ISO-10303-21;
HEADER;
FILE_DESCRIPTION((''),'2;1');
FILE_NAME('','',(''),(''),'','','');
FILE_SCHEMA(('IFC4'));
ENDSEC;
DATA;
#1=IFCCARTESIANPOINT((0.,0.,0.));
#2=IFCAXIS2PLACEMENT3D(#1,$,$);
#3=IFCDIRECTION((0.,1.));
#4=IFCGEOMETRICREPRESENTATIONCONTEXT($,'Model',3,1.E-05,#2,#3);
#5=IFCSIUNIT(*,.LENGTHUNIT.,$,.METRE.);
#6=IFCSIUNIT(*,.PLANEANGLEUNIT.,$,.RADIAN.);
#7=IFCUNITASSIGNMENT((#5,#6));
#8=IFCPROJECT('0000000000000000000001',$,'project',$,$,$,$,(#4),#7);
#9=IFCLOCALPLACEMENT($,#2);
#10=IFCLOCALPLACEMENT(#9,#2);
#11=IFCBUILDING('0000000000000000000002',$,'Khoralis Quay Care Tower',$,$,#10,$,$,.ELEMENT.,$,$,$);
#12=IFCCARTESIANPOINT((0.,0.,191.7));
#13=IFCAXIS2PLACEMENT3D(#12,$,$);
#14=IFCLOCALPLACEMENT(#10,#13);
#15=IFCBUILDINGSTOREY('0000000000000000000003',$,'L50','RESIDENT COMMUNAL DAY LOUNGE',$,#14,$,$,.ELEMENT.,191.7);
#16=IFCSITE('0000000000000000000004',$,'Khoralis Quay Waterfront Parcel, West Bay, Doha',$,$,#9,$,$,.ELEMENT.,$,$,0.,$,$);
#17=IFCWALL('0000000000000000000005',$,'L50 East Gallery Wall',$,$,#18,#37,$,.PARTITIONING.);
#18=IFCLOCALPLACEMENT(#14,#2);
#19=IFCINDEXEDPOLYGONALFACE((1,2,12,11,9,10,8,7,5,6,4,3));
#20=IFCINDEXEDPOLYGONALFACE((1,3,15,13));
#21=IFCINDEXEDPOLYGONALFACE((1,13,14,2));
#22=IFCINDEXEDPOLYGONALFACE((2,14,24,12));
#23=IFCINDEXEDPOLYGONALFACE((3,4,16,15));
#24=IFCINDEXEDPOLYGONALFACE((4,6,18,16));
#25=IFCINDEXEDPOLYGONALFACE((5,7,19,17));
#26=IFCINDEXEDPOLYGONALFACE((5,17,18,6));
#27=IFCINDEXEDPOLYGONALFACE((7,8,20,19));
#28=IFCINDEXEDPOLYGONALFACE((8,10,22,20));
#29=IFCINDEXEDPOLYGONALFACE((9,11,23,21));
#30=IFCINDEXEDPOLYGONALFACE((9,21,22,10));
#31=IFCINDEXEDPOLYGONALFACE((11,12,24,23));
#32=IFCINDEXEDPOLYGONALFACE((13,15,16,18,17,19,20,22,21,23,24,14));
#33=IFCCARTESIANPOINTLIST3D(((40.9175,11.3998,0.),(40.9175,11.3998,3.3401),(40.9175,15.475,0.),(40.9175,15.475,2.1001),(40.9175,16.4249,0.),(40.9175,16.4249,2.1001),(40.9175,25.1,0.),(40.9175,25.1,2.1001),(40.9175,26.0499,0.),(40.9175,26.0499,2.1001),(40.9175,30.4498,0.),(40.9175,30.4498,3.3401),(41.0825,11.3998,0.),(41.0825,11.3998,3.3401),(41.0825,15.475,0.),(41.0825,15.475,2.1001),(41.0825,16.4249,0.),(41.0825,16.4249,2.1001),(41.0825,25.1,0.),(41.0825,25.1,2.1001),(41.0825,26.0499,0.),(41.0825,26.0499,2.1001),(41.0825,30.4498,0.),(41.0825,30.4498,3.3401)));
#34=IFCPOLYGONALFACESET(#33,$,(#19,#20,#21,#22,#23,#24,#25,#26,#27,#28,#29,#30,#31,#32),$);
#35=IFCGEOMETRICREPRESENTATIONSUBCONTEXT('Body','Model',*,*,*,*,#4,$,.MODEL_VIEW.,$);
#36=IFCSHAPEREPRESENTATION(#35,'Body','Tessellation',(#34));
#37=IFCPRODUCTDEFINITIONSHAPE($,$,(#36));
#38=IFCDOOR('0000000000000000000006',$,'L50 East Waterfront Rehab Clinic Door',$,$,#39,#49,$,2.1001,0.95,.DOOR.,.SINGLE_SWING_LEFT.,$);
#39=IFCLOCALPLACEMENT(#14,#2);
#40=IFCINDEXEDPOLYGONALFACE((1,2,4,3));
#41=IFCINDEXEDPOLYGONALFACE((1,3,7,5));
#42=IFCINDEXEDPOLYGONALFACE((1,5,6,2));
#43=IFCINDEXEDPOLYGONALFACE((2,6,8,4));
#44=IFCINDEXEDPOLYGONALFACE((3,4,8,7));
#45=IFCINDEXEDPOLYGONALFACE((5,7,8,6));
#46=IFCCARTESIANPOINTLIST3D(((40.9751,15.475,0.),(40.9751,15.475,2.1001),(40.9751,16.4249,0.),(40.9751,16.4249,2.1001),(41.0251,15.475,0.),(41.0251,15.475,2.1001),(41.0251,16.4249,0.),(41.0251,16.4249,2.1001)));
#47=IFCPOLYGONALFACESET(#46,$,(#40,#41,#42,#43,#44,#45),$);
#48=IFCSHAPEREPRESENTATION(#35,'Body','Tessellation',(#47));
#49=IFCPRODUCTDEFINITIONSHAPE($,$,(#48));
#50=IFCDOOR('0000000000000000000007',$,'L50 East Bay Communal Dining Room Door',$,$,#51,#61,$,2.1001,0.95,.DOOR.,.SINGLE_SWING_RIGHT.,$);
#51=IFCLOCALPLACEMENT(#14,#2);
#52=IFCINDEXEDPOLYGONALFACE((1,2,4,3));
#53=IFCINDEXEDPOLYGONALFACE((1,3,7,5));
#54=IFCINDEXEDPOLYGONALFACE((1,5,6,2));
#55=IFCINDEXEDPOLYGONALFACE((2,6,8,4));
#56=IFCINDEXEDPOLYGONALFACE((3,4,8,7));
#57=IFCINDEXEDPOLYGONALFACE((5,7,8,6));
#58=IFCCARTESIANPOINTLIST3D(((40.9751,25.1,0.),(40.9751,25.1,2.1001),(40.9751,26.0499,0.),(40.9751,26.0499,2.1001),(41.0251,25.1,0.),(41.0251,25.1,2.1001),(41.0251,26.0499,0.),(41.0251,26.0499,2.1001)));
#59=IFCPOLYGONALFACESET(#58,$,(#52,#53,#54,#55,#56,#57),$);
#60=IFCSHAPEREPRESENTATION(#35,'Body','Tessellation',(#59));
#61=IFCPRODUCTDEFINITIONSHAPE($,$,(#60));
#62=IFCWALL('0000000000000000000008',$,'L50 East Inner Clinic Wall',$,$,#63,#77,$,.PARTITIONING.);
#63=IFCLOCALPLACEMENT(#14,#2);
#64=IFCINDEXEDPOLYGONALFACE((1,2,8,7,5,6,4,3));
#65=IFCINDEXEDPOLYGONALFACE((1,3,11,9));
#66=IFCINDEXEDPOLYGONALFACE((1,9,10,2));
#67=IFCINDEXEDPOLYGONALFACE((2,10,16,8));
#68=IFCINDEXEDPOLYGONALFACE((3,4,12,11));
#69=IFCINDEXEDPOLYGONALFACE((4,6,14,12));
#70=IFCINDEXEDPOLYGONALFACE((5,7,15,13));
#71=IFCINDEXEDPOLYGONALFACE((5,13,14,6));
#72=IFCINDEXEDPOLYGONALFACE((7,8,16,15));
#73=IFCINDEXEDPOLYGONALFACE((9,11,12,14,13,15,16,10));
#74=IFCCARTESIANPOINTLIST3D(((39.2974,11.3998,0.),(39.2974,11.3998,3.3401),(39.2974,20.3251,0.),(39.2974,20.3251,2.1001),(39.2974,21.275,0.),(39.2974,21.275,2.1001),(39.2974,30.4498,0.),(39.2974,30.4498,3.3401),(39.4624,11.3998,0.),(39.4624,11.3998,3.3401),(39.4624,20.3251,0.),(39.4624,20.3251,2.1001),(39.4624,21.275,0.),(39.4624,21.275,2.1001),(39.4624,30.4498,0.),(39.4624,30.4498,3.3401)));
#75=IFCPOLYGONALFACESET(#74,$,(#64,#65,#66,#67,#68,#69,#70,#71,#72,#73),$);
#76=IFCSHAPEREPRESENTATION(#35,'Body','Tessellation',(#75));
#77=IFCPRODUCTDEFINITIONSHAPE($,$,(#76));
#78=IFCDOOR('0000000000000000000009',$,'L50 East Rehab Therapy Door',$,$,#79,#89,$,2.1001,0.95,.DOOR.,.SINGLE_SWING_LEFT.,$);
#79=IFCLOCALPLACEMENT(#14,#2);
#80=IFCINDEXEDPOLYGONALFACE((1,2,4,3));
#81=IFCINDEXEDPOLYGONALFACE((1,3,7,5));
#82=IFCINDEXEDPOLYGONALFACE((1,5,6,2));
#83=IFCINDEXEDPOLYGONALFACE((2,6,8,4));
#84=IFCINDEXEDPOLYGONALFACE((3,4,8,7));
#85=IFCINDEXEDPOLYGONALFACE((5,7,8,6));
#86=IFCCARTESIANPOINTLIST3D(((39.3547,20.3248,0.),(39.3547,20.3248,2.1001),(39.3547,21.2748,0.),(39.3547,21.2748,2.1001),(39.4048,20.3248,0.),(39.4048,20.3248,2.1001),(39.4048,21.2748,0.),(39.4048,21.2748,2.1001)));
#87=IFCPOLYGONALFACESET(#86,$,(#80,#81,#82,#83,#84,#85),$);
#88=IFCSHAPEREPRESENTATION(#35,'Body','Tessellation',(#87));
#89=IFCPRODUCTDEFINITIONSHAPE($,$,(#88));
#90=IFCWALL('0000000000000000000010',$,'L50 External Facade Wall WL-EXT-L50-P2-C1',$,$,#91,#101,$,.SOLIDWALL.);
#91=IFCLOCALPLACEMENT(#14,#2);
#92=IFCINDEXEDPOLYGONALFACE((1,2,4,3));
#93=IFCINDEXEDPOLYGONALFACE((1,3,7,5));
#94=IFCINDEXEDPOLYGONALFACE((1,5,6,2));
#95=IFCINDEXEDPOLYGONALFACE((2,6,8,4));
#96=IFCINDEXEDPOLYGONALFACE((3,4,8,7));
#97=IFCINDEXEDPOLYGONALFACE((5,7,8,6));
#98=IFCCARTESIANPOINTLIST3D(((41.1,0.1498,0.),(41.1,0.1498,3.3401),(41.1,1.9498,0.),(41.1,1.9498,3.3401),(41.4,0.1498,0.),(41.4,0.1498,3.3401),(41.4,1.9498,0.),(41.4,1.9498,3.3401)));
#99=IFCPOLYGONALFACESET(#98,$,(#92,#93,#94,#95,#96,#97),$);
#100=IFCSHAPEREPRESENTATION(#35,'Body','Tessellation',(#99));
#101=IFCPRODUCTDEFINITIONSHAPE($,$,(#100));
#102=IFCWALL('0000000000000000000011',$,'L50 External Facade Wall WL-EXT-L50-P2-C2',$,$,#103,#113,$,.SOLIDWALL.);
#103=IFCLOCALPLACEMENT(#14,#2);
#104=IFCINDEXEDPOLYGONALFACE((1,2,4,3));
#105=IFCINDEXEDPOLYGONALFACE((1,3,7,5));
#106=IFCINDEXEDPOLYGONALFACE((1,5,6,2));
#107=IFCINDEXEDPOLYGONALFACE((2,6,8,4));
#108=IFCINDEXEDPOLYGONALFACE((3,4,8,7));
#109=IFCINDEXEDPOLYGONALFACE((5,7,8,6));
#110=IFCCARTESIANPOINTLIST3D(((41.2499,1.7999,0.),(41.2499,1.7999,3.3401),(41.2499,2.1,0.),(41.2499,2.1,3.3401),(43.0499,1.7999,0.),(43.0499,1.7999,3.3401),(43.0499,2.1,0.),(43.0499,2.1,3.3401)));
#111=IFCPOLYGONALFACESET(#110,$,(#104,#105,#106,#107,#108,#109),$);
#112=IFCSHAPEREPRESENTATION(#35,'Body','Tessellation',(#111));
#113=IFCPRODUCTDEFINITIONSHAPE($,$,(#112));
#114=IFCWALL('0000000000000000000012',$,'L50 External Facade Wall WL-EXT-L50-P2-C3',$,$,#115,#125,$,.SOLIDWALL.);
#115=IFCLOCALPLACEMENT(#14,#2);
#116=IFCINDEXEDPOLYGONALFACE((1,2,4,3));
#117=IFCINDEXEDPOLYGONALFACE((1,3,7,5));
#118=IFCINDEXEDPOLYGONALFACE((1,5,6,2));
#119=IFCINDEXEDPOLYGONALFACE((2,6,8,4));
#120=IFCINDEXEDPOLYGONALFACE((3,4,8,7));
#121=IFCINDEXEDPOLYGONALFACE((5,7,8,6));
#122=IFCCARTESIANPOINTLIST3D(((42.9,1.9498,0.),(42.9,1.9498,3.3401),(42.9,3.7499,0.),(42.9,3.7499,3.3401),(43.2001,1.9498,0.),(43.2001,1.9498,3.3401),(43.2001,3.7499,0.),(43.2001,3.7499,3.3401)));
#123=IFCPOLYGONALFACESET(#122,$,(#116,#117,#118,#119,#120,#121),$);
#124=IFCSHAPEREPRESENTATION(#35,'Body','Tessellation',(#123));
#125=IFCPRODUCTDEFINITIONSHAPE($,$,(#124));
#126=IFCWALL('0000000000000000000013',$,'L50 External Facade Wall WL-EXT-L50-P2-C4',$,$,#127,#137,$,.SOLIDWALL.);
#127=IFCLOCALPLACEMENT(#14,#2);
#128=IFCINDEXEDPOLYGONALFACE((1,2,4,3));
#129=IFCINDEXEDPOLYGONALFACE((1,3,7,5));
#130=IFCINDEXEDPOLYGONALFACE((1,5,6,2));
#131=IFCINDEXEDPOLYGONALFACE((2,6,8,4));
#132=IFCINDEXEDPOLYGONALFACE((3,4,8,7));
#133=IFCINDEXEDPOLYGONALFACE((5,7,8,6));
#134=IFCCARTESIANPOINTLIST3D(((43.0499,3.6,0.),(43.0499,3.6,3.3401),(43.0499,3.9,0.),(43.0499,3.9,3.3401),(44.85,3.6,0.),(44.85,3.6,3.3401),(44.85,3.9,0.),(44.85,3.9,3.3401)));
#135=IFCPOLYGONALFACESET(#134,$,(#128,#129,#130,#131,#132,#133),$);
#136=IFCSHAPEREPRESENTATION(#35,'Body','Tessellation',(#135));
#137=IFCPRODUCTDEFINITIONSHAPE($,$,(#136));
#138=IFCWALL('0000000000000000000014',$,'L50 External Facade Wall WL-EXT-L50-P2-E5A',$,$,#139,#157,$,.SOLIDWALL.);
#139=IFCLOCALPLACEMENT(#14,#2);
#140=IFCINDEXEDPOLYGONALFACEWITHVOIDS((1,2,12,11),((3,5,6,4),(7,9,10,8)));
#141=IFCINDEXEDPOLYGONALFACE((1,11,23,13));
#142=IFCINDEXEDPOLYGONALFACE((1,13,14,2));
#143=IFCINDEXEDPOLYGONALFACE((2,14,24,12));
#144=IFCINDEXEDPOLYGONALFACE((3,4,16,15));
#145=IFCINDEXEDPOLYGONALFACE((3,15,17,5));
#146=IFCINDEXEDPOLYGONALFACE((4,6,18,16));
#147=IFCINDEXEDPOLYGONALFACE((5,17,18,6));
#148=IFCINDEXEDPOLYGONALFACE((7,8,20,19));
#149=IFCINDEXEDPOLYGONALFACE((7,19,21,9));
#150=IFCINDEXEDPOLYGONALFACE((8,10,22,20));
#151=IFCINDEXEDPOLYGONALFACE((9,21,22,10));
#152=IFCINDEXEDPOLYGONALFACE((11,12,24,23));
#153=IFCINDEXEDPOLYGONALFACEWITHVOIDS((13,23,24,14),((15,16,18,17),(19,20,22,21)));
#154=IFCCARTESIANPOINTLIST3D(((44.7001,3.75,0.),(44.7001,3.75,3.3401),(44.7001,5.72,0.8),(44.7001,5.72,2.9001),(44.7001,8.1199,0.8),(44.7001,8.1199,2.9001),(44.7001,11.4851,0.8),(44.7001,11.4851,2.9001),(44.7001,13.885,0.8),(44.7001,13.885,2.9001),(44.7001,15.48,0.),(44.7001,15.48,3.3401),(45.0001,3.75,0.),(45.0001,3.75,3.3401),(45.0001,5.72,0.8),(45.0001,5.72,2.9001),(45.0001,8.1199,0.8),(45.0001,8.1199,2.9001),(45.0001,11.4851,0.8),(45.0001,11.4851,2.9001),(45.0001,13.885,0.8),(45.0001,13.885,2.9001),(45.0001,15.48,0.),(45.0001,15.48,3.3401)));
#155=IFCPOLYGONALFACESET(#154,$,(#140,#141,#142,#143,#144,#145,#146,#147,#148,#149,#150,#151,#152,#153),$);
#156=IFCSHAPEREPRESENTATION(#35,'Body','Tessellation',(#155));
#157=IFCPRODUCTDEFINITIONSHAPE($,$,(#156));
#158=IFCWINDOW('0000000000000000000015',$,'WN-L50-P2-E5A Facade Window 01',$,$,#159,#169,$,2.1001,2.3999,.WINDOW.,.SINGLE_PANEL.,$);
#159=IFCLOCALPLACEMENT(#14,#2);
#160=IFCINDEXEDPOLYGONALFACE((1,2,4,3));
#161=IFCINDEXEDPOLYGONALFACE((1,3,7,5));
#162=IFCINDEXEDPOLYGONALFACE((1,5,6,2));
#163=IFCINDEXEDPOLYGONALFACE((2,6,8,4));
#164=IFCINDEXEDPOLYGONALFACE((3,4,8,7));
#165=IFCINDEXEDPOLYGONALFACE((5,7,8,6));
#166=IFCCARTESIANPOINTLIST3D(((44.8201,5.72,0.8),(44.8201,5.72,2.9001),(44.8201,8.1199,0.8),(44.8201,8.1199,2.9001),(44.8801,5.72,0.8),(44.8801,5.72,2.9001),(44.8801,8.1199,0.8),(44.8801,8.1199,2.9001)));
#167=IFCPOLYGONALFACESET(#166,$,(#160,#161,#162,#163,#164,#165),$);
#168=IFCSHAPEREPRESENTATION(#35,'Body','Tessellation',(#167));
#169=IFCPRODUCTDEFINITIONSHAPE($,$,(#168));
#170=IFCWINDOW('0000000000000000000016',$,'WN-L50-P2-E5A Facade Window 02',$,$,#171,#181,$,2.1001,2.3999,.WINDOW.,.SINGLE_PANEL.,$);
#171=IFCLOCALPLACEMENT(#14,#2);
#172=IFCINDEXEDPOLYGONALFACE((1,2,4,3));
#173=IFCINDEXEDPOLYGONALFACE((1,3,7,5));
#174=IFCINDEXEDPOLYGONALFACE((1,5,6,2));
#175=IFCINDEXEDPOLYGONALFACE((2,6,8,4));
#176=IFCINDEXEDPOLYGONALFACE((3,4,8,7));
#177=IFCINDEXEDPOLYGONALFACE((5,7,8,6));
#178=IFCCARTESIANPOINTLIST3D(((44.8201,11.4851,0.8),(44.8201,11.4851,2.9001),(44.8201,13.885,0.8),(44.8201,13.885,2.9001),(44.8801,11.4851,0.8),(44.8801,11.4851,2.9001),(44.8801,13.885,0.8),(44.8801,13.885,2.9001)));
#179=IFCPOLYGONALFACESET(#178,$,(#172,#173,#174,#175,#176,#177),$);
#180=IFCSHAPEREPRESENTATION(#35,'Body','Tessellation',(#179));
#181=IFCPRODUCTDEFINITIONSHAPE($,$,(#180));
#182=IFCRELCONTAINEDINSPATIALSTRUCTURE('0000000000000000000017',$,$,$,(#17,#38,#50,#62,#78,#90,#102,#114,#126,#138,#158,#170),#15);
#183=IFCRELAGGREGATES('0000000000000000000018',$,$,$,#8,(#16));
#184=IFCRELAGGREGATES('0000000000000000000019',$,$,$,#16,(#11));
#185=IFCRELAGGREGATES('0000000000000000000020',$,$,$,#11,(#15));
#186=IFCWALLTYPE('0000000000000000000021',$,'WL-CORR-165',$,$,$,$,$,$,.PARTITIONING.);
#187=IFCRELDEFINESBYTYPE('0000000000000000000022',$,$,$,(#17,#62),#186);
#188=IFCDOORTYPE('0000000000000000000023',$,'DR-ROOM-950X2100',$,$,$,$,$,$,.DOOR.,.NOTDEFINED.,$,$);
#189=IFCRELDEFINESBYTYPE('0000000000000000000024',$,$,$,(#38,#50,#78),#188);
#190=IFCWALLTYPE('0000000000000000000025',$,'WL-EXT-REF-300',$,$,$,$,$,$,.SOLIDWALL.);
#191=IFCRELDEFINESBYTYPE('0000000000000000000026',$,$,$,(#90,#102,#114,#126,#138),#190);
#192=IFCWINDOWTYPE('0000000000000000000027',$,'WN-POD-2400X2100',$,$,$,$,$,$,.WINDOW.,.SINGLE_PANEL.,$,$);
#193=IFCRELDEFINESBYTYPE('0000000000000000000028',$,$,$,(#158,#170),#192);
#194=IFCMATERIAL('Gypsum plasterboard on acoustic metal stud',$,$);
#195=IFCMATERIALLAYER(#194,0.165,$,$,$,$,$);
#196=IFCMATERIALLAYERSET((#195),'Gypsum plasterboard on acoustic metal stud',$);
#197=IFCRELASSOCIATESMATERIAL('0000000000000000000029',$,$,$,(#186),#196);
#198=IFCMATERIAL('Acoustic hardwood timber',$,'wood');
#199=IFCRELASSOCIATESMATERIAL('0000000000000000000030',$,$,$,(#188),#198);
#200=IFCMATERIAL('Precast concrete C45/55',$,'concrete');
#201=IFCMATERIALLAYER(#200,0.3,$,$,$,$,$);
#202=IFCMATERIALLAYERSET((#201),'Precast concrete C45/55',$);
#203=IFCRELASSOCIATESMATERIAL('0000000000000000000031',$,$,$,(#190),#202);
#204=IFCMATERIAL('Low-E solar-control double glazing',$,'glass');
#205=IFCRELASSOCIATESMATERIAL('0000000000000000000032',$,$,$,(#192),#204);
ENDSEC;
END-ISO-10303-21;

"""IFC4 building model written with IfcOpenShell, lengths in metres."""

from ifc_helpers import new_model, si_unit, direction, frame, frame_2d, origin, place, context, subcontext, project, spatial, rectangle, extrude, source, transform, mapped, material, layer, layer_set, type_object, element, fill, save


model = new_model("IFC4")

# Units and contexts
model_context = context("Model", 3, precision=1e-05, world=origin(), true_north=direction((0.0, 1.0)))
body_context = subcontext(model_context, "Body", "Model", "MODEL_VIEW")
ifc_project = project(units=[si_unit("LENGTHUNIT", "METRE"), si_unit("PLANEANGLEUNIT", "RADIAN")], contexts=[model_context])

# Site, building, storey
site_placement = place(None, origin())
site = spatial("IfcSite", under=ifc_project, at=site_placement, Name="Khoralis Quay Waterfront Parcel, West Bay, Doha", CompositionType="ELEMENT", RefElevation=0.0)
building_placement = place(site_placement, origin())
building = spatial("IfcBuilding", under=site, at=building_placement, Name="Khoralis Quay Care Tower", CompositionType="ELEMENT")
storey_placement = place(building_placement, frame((0.0, 0.0, 191.7)))
storey = spatial("IfcBuildingStorey", under=building, at=storey_placement, Name="L50", Description="RESIDENT COMMUNAL DAY LOUNGE", CompositionType="ELEMENT", Elevation=191.7)

# Shared definitions
ifc_material_1 = material(Name="Gypsum plasterboard on acoustic metal stud")

# Wall, openings, doors
ifc_layer_1 = layer(ifc_material_1, 0.165)
ifc_layer_set_1 = layer_set([ifc_layer_1], Name="Gypsum plasterboard on acoustic metal stud")
wall_type_1 = type_object("IfcWallType", Name="WL-CORR-165", PredefinedType="PARTITIONING", material=ifc_layer_set_1)
wall_1_placement = place(storey_placement, frame((41.0, 11.3999, 0.0), z_axis=(0.0, 0.0, 1.0), x_axis=(0.0, 1.0, 0.0)))
wall_1 = element("IfcWall", 1, at=wall_1_placement, inside=storey, type_object=wall_type_1, Name="L50 East Gallery Wall", PredefinedType="PARTITIONING", context=body_context, shape_type="SweptSolid", body=[
    extrude(rectangle(XDim=19.05, YDim=0.165, at=frame_2d((9.5249, 0.0))), origin(), (0.0, 0.0, 1.0), 3.3401),
])
opening_1_placement = place(wall_1_placement, frame((4.075, 0.0, 0.0)))
opening_1 = element("IfcOpeningElement", 2, at=opening_1_placement, cuts=wall_1, PredefinedType="OPENING", context=body_context, shape_type="SweptSolid", body=[
    extrude(rectangle(XDim=0.95, YDim=2.1001, at=frame_2d((0.4751, 1.05))), frame((0.0, 0.0925, 0.0), z_axis=(0.0, -1.0, 0.0), x_axis=(1.0, 0.0, 0.0)), (0.0, 0.0, 1.0), 0.1851),
])
opening_2_placement = place(wall_1_placement, frame((13.7, 0.0, 0.0)))
opening_2 = element("IfcOpeningElement", 3, at=opening_2_placement, cuts=wall_1, PredefinedType="OPENING", context=body_context, shape_type="SweptSolid", body=[
    extrude(rectangle(XDim=0.95, YDim=2.1001, at=frame_2d((0.4751, 1.05))), frame((0.0, 0.0925, 0.0), z_axis=(0.0, -1.0, 0.0), x_axis=(1.0, 0.0, 0.0)), (0.0, 0.0, 1.0), 0.1851),
])
ifc_material_2 = material(Name="Acoustic hardwood timber", Category="wood")
door_type_1 = type_object("IfcDoorType", Name="DR-ROOM-950X2100", OperationType="NOTDEFINED", PredefinedType="DOOR", material=ifc_material_2)
shared_shape_1 = source(origin(), body_context, "Body", "SweptSolid", [
    extrude(rectangle(XDim=0.95, YDim=2.1001, at=frame_2d((0.4751, 1.05))), frame((0.0, 0.0249, 0.0), z_axis=(0.0, -1.0, 0.0), x_axis=(1.0, 0.0, 0.0)), (0.0, 0.0, 1.0), 0.05),
])
door_1_placement = place(opening_1_placement, origin())
door_1 = element("IfcDoor", 4, at=door_1_placement, inside=storey, type_object=door_type_1, Name="L50 East Waterfront Rehab Clinic Door", OperationType="SINGLE_SWING_LEFT", OverallHeight=2.1001, OverallWidth=0.95, PredefinedType="DOOR", context=body_context, shape_type="MappedRepresentation", body=[
    mapped(shared_shape_1, transform((0.0, 0.0, 0.0), scale=1.0)),
])
fill(opening_1, door_1)
door_2_placement = place(opening_2_placement, origin())
door_2 = element("IfcDoor", 5, at=door_2_placement, inside=storey, type_object=door_type_1, Name="L50 East Bay Communal Dining Room Door", OperationType="SINGLE_SWING_RIGHT", OverallHeight=2.1001, OverallWidth=0.95, PredefinedType="DOOR", context=body_context, shape_type="MappedRepresentation", body=[
    mapped(shared_shape_1, transform((0.0, 0.0, 0.0), scale=1.0)),
])
fill(opening_2, door_2)

# Wall, opening, door
wall_2_placement = place(storey_placement, frame((39.3799, 11.3999, 0.0), z_axis=(0.0, 0.0, 1.0), x_axis=(0.0, 1.0, 0.0)))
wall_2 = element("IfcWall", 6, at=wall_2_placement, inside=storey, type_object=wall_type_1, Name="L50 East Inner Clinic Wall", PredefinedType="PARTITIONING", context=body_context, shape_type="SweptSolid", body=[
    extrude(rectangle(XDim=19.05, YDim=0.165, at=frame_2d((9.5249, 0.0))), origin(), (0.0, 0.0, 1.0), 3.3401),
])
opening_3_placement = place(wall_2_placement, frame((8.925, 0.0, 0.0)))
opening_3 = element("IfcOpeningElement", 7, at=opening_3_placement, cuts=wall_2, PredefinedType="OPENING", context=body_context, shape_type="SweptSolid", body=[
    extrude(rectangle(XDim=0.95, YDim=2.1001, at=frame_2d((0.4751, 1.05))), frame((0.0, 0.0925, 0.0), z_axis=(0.0, -1.0, 0.0), x_axis=(1.0, 0.0, 0.0)), (0.0, 0.0, 1.0), 0.1851),
])
door_3_placement = place(opening_3_placement, frame((0.95, 0.0, 0.0), z_axis=(0.0, 0.0, 1.0), x_axis=(-1.0, 0.0, 0.0)))
door_3 = element("IfcDoor", 8, at=door_3_placement, inside=storey, type_object=door_type_1, Name="L50 East Rehab Therapy Door", OperationType="SINGLE_SWING_LEFT", OverallHeight=2.1001, OverallWidth=0.95, PredefinedType="DOOR", context=body_context, shape_type="MappedRepresentation", body=[
    mapped(shared_shape_1, transform((0.0, 0.0, 0.0), scale=1.0)),
])
fill(opening_3, door_3)

# Walls
ifc_material_3 = material(Name="Precast concrete C45/55", Category="concrete")
ifc_layer_2 = layer(ifc_material_3, 0.3)
ifc_layer_set_2 = layer_set([ifc_layer_2], Name="Precast concrete C45/55")
wall_type_2 = type_object("IfcWallType", Name="WL-EXT-REF-300", PredefinedType="SOLIDWALL", material=ifc_layer_set_2)
for number, where, z_axis, x_axis, name in (
    (9, (41.25, 0.1499, 0.0), (0.0, 0.0, 1.0), (0.0, 1.0, 0.0), "L50 External Facade Wall WL-EXT-L50-P2-C1"),
    (10, (41.25, 1.95, 0.0), (0.0, 0.0, 1.0), (1.0, 0.0, 0.0), "L50 External Facade Wall WL-EXT-L50-P2-C2"),
    (11, (43.05, 1.95, 0.0), (0.0, 0.0, 1.0), (0.0, 1.0, 0.0), "L50 External Facade Wall WL-EXT-L50-P2-C3"),
    (12, (43.05, 3.75, 0.0), (0.0, 0.0, 1.0), (1.0, 0.0, 0.0), "L50 External Facade Wall WL-EXT-L50-P2-C4"),
):
    element("IfcWall", number, at=place(storey_placement, frame(where, z_axis=z_axis, x_axis=x_axis)), inside=storey, type_object=wall_type_2, Name=name, PredefinedType="SOLIDWALL", context=body_context, shape_type="SweptSolid", body=[
        extrude(rectangle(XDim=1.8, YDim=0.3, at=frame_2d((0.8999, 0.0))), origin(), (0.0, 0.0, 1.0), 3.3401),
    ])

# Wall, openings, windows
wall_3_placement = place(storey_placement, frame((44.8501, 3.75, 0.0), z_axis=(0.0, 0.0, 1.0), x_axis=(0.0, 1.0, 0.0)))
wall_3 = element("IfcWall", 13, at=wall_3_placement, inside=storey, type_object=wall_type_2, Name="L50 External Facade Wall WL-EXT-L50-P2-E5A", PredefinedType="SOLIDWALL", context=body_context, shape_type="SweptSolid", body=[
    extrude(rectangle(XDim=11.73, YDim=0.3, at=frame_2d((5.865, 0.0))), origin(), (0.0, 0.0, 1.0), 3.3401),
])
opening_4_placement = place(wall_3_placement, frame((1.97, 0.0, 0.8)))
opening_4 = element("IfcOpeningElement", 14, at=opening_4_placement, cuts=wall_3, PredefinedType="OPENING", context=body_context, shape_type="SweptSolid", body=[
    extrude(rectangle(XDim=2.3999, YDim=2.1001, at=frame_2d((1.2, 1.05))), frame((0.0, 0.1602, 0.0), z_axis=(0.0, -1.0, 0.0), x_axis=(1.0, 0.0, 0.0)), (0.0, 0.0, 1.0), 0.3201),
])
opening_5_placement = place(wall_3_placement, frame((7.7351, 0.0, 0.8)))
opening_5 = element("IfcOpeningElement", 15, at=opening_5_placement, cuts=wall_3, PredefinedType="OPENING", context=body_context, shape_type="SweptSolid", body=[
    extrude(rectangle(XDim=2.3999, YDim=2.1001, at=frame_2d((1.2, 1.05))), frame((0.0, 0.1602, 0.0), z_axis=(0.0, -1.0, 0.0), x_axis=(1.0, 0.0, 0.0)), (0.0, 0.0, 1.0), 0.3201),
])
ifc_material_4 = material(Name="Low-E solar-control double glazing", Category="glass")
window_type = type_object("IfcWindowType", Name="WN-POD-2400X2100", PartitioningType="SINGLE_PANEL", PredefinedType="WINDOW", material=ifc_material_4)
shared_shape_2 = source(origin(), body_context, "Body", "SweptSolid", [
    extrude(rectangle(XDim=2.3999, YDim=2.1001, at=frame_2d((1.2, 1.05))), frame((0.0, 0.03, 0.0), z_axis=(0.0, -1.0, 0.0), x_axis=(1.0, 0.0, 0.0)), (0.0, 0.0, 1.0), 0.0601),
])
window_1_placement = place(opening_4_placement, origin())
window_1 = element("IfcWindow", 16, at=window_1_placement, inside=storey, type_object=window_type, Name="WN-L50-P2-E5A Facade Window 01", OverallHeight=2.1001, OverallWidth=2.3999, PartitioningType="SINGLE_PANEL", PredefinedType="WINDOW", context=body_context, shape_type="MappedRepresentation", body=[
    mapped(shared_shape_2, transform((0.0, 0.0, 0.0), scale=1.0)),
])
fill(opening_4, window_1)
window_2_placement = place(opening_5_placement, origin())
window_2 = element("IfcWindow", 17, at=window_2_placement, inside=storey, type_object=window_type, Name="WN-L50-P2-E5A Facade Window 02", OverallHeight=2.1001, OverallWidth=2.3999, PartitioningType="SINGLE_PANEL", PredefinedType="WINDOW", context=body_context, shape_type="MappedRepresentation", body=[
    mapped(shared_shape_2, transform((0.0, 0.0, 0.0), scale=1.0)),
])
fill(opening_5, window_2)

save(model, "model.ifc")
